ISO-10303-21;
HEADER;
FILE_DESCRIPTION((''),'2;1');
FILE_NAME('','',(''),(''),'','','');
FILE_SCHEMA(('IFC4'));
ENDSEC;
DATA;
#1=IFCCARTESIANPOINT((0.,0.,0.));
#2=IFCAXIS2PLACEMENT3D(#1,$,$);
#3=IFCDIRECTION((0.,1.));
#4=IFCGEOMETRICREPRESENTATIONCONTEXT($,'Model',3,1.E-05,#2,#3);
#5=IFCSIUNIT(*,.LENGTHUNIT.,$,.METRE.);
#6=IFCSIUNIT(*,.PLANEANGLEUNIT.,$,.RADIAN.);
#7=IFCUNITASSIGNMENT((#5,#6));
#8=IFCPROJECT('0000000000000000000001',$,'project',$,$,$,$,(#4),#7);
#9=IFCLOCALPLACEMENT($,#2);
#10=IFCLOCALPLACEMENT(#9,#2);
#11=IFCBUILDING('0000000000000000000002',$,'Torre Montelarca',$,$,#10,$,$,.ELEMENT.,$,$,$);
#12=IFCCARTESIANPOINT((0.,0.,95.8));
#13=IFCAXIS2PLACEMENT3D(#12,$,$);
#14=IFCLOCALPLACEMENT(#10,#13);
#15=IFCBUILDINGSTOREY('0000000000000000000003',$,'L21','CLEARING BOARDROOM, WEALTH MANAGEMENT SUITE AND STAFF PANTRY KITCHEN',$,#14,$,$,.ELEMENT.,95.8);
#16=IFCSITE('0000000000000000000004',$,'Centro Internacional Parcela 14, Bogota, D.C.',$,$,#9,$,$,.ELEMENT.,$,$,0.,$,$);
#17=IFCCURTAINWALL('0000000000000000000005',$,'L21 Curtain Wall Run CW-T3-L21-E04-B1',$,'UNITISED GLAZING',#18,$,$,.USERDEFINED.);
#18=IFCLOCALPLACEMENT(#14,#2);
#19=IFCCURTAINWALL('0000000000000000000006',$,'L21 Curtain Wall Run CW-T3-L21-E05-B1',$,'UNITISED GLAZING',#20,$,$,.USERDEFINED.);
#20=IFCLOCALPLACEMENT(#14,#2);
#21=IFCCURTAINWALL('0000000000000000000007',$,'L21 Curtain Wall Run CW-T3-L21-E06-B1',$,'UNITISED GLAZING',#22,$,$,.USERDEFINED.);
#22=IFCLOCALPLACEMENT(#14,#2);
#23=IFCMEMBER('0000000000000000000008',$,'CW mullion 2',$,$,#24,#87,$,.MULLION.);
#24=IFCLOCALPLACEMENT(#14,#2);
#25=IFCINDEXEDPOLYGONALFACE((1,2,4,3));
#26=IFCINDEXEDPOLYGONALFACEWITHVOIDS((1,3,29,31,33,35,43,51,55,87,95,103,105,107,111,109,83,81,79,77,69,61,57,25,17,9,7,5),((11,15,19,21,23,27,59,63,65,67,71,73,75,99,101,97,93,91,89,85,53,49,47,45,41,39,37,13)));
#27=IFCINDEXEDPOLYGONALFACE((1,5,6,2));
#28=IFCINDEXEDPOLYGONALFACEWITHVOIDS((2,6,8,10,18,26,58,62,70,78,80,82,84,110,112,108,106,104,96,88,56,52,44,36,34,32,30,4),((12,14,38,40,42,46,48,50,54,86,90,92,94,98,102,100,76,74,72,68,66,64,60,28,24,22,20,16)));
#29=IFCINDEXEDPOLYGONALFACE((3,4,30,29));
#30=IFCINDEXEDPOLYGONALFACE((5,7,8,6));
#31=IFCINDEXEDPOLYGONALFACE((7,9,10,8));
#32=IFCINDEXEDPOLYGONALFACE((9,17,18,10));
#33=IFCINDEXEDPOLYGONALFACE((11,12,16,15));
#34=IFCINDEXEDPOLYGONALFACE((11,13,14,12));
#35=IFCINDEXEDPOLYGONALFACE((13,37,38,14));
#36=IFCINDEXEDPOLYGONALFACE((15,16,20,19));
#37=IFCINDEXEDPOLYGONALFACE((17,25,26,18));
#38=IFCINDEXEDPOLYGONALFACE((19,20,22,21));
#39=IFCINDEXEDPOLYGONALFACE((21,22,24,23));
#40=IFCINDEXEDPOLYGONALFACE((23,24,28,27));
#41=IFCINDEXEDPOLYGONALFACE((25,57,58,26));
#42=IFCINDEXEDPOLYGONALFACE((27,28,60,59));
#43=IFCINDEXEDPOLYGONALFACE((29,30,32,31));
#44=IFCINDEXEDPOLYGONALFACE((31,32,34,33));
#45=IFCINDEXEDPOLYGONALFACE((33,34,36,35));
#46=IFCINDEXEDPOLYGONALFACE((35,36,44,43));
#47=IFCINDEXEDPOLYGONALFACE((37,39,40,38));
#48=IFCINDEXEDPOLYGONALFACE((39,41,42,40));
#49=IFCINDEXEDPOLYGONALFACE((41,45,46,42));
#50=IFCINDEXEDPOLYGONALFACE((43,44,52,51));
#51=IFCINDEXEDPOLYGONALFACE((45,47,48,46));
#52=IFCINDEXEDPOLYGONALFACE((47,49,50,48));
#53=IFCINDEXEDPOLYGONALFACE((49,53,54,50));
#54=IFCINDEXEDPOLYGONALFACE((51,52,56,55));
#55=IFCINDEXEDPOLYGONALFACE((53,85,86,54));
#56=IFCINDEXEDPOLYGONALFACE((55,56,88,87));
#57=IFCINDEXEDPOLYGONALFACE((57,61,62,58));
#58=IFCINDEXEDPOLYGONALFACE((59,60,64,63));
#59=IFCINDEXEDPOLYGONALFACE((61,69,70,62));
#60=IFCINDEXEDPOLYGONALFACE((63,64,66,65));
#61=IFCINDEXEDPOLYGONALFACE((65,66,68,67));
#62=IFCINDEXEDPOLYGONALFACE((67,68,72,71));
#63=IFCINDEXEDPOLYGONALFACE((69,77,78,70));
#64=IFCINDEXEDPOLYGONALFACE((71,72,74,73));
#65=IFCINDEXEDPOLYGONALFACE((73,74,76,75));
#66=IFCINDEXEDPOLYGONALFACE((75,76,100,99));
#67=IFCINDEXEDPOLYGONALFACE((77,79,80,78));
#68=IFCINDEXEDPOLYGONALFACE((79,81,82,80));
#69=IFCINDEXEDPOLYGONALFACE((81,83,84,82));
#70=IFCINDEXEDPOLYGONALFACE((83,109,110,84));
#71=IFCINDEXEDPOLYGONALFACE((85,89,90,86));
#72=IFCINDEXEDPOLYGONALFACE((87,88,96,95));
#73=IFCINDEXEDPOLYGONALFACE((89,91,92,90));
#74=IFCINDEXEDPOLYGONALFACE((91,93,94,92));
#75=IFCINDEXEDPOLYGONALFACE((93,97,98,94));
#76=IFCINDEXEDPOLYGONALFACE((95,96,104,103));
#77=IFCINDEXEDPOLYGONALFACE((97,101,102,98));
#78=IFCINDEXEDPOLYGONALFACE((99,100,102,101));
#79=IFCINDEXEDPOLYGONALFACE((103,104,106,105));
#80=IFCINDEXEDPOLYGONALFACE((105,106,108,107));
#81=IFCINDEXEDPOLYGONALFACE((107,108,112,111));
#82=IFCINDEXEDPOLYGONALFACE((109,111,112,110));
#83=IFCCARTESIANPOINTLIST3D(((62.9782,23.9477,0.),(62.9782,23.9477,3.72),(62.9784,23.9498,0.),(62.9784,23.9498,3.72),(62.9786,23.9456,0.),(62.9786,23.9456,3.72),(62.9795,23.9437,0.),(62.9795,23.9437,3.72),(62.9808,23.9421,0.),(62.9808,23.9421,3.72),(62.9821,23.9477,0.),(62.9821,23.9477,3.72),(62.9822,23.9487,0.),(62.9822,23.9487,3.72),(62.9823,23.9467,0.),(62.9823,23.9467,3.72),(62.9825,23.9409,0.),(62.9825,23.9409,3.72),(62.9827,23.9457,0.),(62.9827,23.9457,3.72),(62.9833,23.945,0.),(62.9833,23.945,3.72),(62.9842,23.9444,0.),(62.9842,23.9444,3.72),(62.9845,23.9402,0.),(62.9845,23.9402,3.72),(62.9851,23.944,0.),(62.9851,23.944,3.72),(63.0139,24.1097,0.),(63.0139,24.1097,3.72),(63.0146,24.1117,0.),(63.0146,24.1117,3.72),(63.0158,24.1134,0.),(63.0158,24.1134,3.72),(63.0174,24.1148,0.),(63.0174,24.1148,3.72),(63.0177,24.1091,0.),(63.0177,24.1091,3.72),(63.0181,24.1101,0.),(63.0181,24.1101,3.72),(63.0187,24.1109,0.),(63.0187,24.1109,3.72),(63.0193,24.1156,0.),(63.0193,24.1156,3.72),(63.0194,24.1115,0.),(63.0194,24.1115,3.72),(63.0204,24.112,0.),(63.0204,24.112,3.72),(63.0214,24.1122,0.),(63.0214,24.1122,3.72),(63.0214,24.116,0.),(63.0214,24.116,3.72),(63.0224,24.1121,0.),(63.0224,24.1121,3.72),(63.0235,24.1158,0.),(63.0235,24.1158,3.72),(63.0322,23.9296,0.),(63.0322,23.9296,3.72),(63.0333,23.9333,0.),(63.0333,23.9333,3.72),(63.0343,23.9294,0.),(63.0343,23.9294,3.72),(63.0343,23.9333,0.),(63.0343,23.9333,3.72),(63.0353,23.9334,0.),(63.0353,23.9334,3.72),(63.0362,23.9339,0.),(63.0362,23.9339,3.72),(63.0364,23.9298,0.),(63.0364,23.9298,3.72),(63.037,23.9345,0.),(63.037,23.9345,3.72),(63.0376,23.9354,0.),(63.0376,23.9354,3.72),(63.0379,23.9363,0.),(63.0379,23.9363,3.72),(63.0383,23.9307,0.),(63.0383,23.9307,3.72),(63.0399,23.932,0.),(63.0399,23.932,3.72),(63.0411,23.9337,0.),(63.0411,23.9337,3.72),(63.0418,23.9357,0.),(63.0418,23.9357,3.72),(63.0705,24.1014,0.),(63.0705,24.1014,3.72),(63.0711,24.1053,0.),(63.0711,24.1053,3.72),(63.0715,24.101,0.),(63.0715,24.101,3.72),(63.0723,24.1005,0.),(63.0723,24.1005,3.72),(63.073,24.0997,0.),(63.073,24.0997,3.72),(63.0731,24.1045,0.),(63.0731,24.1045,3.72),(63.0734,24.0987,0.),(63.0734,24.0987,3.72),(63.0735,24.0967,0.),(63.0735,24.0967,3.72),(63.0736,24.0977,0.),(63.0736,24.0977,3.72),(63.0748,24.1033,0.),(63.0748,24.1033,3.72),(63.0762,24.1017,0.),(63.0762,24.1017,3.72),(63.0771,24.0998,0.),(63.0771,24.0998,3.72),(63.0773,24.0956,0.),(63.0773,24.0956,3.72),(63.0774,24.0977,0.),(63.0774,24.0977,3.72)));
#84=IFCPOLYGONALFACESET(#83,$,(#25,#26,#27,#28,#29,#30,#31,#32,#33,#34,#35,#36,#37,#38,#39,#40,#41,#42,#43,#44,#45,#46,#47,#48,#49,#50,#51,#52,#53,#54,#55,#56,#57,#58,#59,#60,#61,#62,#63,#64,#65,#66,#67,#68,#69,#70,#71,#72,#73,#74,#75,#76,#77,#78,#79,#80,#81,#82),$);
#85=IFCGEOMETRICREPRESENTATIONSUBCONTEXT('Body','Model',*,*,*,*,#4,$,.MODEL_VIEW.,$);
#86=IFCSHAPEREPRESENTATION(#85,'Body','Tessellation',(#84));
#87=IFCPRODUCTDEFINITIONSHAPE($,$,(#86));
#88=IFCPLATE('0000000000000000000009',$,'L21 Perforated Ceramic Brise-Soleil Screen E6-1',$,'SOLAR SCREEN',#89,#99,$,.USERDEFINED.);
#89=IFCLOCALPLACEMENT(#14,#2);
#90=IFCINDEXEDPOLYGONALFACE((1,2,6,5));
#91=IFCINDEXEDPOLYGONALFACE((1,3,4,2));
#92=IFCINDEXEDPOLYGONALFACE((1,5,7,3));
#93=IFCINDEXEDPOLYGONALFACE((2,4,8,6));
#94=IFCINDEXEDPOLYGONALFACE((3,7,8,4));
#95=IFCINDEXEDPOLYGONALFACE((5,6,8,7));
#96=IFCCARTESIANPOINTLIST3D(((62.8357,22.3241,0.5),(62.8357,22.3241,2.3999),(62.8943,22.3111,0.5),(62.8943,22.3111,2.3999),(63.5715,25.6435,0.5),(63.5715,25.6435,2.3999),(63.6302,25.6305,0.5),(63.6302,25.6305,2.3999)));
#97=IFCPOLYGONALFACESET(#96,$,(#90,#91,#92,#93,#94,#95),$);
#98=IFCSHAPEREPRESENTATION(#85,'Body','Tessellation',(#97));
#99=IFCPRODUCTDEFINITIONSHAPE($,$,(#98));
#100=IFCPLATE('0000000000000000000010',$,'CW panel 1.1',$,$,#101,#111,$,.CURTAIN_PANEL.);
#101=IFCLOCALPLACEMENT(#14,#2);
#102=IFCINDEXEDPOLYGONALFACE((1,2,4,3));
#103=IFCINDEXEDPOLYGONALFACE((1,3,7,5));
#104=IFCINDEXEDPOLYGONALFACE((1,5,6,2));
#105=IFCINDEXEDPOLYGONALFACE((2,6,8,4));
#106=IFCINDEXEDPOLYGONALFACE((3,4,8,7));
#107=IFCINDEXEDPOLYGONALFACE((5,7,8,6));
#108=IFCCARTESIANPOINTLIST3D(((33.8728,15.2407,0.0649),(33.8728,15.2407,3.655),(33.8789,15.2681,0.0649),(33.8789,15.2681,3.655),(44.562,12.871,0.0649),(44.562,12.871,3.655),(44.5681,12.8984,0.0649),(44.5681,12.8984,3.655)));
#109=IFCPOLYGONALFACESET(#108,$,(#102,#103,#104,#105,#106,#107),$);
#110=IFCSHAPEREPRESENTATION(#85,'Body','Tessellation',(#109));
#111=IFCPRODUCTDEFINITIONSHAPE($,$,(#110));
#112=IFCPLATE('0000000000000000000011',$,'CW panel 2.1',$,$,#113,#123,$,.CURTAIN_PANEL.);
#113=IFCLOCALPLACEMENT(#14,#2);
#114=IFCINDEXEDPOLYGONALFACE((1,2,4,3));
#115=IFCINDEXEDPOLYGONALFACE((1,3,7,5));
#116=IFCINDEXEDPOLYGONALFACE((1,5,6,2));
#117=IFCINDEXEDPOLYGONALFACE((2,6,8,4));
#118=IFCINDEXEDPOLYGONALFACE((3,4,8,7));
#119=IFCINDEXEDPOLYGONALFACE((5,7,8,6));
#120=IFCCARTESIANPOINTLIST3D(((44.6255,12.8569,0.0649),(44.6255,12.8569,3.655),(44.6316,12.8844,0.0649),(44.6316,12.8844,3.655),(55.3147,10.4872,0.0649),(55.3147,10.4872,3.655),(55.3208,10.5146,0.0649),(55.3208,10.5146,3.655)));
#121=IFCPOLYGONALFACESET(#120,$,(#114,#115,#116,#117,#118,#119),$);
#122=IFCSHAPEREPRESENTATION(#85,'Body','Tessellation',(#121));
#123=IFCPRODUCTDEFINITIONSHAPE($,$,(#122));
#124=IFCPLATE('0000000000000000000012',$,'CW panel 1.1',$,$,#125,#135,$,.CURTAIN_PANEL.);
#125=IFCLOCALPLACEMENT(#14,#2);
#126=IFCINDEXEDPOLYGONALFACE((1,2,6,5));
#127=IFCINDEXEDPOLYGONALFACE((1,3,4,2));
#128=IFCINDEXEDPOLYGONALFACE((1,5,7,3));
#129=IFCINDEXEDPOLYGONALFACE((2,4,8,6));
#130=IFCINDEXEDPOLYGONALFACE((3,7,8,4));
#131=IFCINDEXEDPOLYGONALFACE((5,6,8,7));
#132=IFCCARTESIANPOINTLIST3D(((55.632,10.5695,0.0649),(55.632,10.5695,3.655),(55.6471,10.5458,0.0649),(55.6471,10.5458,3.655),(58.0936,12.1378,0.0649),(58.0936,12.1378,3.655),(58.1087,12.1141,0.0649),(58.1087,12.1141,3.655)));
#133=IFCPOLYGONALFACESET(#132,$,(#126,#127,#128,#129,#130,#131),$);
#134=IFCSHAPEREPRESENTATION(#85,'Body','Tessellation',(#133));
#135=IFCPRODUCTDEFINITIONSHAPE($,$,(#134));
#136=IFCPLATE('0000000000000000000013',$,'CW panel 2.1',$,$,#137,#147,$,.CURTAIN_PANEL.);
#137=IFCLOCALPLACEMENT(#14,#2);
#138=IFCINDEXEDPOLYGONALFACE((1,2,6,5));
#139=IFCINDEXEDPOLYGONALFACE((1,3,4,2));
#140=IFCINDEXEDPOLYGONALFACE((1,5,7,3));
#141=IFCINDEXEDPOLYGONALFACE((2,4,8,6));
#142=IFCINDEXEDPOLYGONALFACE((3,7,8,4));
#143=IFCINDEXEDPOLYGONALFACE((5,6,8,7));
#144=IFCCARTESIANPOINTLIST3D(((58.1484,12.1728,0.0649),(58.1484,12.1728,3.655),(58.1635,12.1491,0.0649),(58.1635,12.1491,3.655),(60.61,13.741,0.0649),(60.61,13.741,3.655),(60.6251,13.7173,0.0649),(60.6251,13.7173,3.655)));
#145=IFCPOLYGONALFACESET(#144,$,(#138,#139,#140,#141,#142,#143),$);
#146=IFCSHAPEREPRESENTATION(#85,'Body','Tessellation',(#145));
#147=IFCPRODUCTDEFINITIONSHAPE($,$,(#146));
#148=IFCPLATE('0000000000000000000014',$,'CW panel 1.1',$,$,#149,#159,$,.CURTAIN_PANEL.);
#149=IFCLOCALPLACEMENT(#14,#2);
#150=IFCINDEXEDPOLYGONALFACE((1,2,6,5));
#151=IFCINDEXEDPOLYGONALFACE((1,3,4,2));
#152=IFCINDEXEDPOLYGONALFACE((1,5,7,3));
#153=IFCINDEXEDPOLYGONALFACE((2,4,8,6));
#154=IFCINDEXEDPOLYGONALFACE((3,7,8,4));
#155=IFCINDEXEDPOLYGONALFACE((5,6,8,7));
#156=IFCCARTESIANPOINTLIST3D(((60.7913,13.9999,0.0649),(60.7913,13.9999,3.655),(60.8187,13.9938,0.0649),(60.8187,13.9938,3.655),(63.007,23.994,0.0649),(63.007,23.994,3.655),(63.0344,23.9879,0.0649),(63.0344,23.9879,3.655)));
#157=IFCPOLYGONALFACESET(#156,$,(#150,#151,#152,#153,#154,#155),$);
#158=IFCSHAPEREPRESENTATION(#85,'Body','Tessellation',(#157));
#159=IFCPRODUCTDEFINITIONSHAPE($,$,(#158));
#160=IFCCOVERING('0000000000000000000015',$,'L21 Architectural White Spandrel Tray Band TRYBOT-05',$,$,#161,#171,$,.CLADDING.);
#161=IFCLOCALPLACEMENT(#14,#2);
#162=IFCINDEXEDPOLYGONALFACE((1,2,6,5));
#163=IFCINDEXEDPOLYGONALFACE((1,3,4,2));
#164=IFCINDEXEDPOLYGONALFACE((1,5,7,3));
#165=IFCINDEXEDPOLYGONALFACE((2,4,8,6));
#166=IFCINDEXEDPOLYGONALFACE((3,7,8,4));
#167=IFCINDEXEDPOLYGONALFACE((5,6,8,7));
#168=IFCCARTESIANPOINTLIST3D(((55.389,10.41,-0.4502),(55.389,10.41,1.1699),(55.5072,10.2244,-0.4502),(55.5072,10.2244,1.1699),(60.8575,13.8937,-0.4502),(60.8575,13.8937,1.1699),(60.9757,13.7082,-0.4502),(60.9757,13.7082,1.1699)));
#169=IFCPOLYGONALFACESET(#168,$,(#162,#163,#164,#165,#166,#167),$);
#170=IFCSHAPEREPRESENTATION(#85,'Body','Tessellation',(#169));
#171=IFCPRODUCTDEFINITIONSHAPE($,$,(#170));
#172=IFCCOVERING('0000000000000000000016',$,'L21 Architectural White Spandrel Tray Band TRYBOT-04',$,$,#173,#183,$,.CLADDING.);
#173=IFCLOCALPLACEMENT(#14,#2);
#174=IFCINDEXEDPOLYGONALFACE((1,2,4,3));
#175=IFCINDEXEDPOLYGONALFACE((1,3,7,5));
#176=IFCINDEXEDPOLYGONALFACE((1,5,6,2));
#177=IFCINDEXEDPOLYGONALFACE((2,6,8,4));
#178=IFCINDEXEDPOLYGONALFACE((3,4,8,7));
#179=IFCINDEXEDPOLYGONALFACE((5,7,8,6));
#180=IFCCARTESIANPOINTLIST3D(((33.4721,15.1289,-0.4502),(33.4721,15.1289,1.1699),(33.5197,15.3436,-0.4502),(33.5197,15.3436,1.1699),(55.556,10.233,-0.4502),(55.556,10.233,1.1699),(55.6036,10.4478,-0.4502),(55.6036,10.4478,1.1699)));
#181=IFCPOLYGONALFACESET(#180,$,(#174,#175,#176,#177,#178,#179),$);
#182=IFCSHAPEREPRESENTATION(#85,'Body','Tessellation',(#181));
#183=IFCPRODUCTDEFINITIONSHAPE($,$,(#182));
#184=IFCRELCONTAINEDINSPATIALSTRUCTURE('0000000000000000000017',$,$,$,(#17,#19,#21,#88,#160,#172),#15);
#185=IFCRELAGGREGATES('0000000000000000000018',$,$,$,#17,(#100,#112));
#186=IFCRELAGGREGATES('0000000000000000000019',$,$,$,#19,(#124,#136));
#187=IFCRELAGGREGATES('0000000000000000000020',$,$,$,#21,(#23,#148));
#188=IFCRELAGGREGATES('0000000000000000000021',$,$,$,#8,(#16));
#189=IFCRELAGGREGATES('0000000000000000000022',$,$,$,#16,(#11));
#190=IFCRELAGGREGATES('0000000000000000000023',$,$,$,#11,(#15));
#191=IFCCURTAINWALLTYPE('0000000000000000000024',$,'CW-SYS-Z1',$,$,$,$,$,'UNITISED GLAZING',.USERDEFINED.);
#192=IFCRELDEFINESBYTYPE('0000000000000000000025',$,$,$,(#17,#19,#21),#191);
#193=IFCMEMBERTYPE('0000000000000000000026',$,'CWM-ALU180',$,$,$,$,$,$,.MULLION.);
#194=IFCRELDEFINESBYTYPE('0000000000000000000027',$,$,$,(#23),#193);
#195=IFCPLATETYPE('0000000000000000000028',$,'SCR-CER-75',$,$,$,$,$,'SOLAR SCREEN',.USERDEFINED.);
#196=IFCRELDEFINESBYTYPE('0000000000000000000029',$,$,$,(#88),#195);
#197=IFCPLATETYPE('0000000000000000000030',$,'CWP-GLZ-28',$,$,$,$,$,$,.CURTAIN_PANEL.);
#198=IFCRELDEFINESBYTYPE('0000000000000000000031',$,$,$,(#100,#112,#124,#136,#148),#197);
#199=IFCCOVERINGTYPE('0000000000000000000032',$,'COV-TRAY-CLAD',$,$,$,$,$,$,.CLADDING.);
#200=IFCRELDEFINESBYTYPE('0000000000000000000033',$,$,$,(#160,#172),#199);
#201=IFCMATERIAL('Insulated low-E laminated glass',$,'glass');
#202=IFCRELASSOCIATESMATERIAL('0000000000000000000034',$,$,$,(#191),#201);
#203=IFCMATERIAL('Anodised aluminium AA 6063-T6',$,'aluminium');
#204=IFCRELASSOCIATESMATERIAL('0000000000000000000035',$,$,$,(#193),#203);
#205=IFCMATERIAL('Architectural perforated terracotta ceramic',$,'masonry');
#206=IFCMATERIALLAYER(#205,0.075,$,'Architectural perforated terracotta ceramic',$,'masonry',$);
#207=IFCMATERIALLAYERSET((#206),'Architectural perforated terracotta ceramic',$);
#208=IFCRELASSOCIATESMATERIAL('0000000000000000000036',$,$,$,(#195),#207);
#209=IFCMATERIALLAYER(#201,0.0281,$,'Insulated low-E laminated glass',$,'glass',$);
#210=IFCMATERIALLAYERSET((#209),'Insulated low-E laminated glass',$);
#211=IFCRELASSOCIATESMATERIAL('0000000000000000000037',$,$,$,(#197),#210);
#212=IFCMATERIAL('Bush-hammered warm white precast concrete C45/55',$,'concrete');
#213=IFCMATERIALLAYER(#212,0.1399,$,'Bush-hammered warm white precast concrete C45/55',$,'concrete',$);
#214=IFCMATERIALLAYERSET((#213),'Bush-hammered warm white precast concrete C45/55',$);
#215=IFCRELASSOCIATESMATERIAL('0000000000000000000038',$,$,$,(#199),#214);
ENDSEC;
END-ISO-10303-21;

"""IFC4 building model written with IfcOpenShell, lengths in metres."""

from ifc_helpers import new_model, si_unit, direction, frame, origin, origin_2d, place, context, subcontext, project, spatial, rectangle, hollow_rectangle, extrude, source, transform, mapped, material, layer, layer_set, material_profile, profile_set, type_object, element, aggregate, save


model = new_model("IFC4")

# Units and contexts
model_context = context("Model", 3, precision=1e-05, world=origin(), true_north=direction((0.0, 1.0)))
body_context = subcontext(model_context, "Body", "Model", "MODEL_VIEW")
ifc_project = project(units=[si_unit("LENGTHUNIT", "METRE"), si_unit("PLANEANGLEUNIT", "RADIAN")], contexts=[model_context])

# Site, building, storey
site_placement = place(None, origin())
site = spatial("IfcSite", under=ifc_project, at=site_placement, Name="Centro Internacional Parcela 14, Bogota, D.C.", CompositionType="ELEMENT", RefElevation=0.0)
building_placement = place(site_placement, origin())
building = spatial("IfcBuilding", under=site, at=building_placement, Name="Torre Montelarca", CompositionType="ELEMENT")
storey_placement = place(building_placement, frame((0.0, 0.0, 95.8)))
storey = spatial("IfcBuildingStorey", under=building, at=storey_placement, Name="L21", Description="CLEARING BOARDROOM, WEALTH MANAGEMENT SUITE AND STAFF PANTRY KITCHEN", CompositionType="ELEMENT", Elevation=95.8)

# Curtain walls
ifc_material_1 = material(Name="Insulated low-E laminated glass", Category="glass")
curtain_wall_type = type_object("IfcCurtainWallType", Name="CW-SYS-Z1", ElementType="UNITISED GLAZING", PredefinedType="USERDEFINED", material=ifc_material_1)
curtain_wall_1_placement = place(storey_placement, origin())
curtain_wall_1 = element("IfcCurtainWall", 1, at=curtain_wall_1_placement, inside=storey, type_object=curtain_wall_type, Name="L21 Curtain Wall Run CW-T3-L21-E04-B1", ObjectType="UNITISED GLAZING", PredefinedType="USERDEFINED")
ifc_material_2 = material(Name="Anodised aluminium AA 6063-T6", Category="aluminium")
curtain_wall_2_placement = place(storey_placement, origin())
curtain_wall_2 = element("IfcCurtainWall", 2, at=curtain_wall_2_placement, inside=storey, type_object=curtain_wall_type, Name="L21 Curtain Wall Run CW-T3-L21-E05-B1", ObjectType="UNITISED GLAZING", PredefinedType="USERDEFINED")
curtain_wall_3_placement = place(storey_placement, origin())
curtain_wall_3 = element("IfcCurtainWall", 3, at=curtain_wall_3_placement, inside=storey, type_object=curtain_wall_type, Name="L21 Curtain Wall Run CW-T3-L21-E06-B1", ObjectType="UNITISED GLAZING", PredefinedType="USERDEFINED")

# Member
ifc_material_profile_1 = material_profile(ifc_material_2, hollow_rectangle(XDim=0.0649, YDim=0.1799, WallThickness=0.0039, InnerFilletRadius=0.0039, OuterFilletRadius=0.0081, at=origin_2d()), Name="ALU65X180X4", Category="aluminium")
ifc_profile_set_1 = profile_set([ifc_material_profile_1], Name="Anodised aluminium AA 6063-T6")
member_type_1 = type_object("IfcMemberType", Name="CWM-ALU180", PredefinedType="MULLION", material=ifc_profile_set_1)
shared_shape_1 = source(origin(), body_context, "Body", "SweptSolid", [
    extrude(hollow_rectangle(XDim=0.0649, YDim=0.1799, WallThickness=0.0039, InnerFilletRadius=0.0039, OuterFilletRadius=0.0081, at=origin_2d()), origin(), (0.0, 0.0, 1.0), 3.72),
])
member_1_placement = place(storey_placement, frame((63.0278, 24.0227, 0.0), z_axis=(0.0, 0.0, 1.0), x_axis=(-0.976296, 0.216441, 0.0)))
member_1 = element("IfcMember", 4, at=member_1_placement, type_object=member_type_1, Name="CW mullion 2", PredefinedType="MULLION", context=body_context, shape_type="MappedRepresentation", body=[
    mapped(shared_shape_1, transform((0.0, 0.0, 0.0), scale=1.0)),
])

# Plates
ifc_material_3 = material(Name="Architectural perforated terracotta ceramic", Category="masonry")
ifc_layer_1 = layer(ifc_material_3, 0.075, Name="Architectural perforated terracotta ceramic", Category="masonry")
ifc_layer_set_1 = layer_set([ifc_layer_1], Name="Architectural perforated terracotta ceramic")
plate_type_1 = type_object("IfcPlateType", Name="SCR-CER-75", ElementType="SOLAR SCREEN", PredefinedType="USERDEFINED", material=ifc_layer_set_1)
shared_shape_2 = source(origin(), body_context, "Body", "SweptSolid", [
    extrude(rectangle(XDim=3.3999, YDim=0.0601, at=origin_2d()), origin(), (0.0, 0.0, 1.0), 1.8999),
])
plate_1_placement = place(storey_placement, frame((63.2329, 23.9773, 0.5), z_axis=(0.0, 0.0, 1.0), x_axis=(0.216438, 0.976296, 0.0)))
element("IfcPlate", 5, at=plate_1_placement, inside=storey, type_object=plate_type_1, Name="L21 Perforated Ceramic Brise-Soleil Screen E6-1", ObjectType="SOLAR SCREEN", PredefinedType="USERDEFINED", context=body_context, shape_type="MappedRepresentation", body=[
    mapped(shared_shape_2, transform((0.0, 0.0, 0.0), scale=1.0)),
])
ifc_layer_2 = layer(ifc_material_1, 0.0281, Name="Insulated low-E laminated glass", Category="glass")
ifc_layer_set_2 = layer_set([ifc_layer_2], Name="Insulated low-E laminated glass")
plate_type_2 = type_object("IfcPlateType", Name="CWP-GLZ-28", PredefinedType="CURTAIN_PANEL", material=ifc_layer_set_2)
shared_shape_3 = source(origin(), body_context, "Body", "SweptSolid", [
    extrude(rectangle(XDim=10.9487, YDim=0.0281, at=origin_2d()), origin(), (0.0, 0.0, 1.0), 3.5901),
])
plate_2_placement = place(storey_placement, frame((39.2205, 14.0696, 0.0649), z_axis=(0.0, 0.0, 1.0), x_axis=(0.976297, -0.216437, 0.0)))
plate_2 = element("IfcPlate", 6, at=plate_2_placement, type_object=plate_type_2, Name="CW panel 1.1", PredefinedType="CURTAIN_PANEL", context=body_context, shape_type="MappedRepresentation", body=[
    mapped(shared_shape_3, transform((0.0, 0.0, 0.0), scale=1.0)),
])
plate_3_placement = place(storey_placement, frame((49.9731, 11.6858, 0.0649), z_axis=(0.0, 0.0, 1.0), x_axis=(0.976297, -0.216437, 0.0)))
plate_3 = element("IfcPlate", 7, at=plate_3_placement, type_object=plate_type_2, Name="CW panel 2.1", PredefinedType="CURTAIN_PANEL", context=body_context, shape_type="MappedRepresentation", body=[
    mapped(shared_shape_3, transform((0.0, 0.0, 0.0), scale=1.0)),
])
aggregate(curtain_wall_1, [plate_2, plate_3])
shared_shape_4 = source(origin(), body_context, "Body", "SweptSolid", [
    extrude(rectangle(XDim=2.9187, YDim=0.0281, at=origin_2d()), origin(), (0.0, 0.0, 1.0), 3.5901),
])
plate_4_placement = place(storey_placement, frame((56.8704, 11.3418, 0.0649), z_axis=(0.0, 0.0, 1.0), x_axis=(0.843388, 0.537304, 0.0)))
plate_4 = element("IfcPlate", 8, at=plate_4_placement, type_object=plate_type_2, Name="CW panel 1.1", PredefinedType="CURTAIN_PANEL", context=body_context, shape_type="MappedRepresentation", body=[
    mapped(shared_shape_4, transform((0.0, 0.0, 0.0), scale=1.0)),
])
plate_5_placement = place(storey_placement, frame((59.3867, 12.9451, 0.0649), z_axis=(0.0, 0.0, 1.0), x_axis=(0.843388, 0.537304, 0.0)))
plate_5 = element("IfcPlate", 9, at=plate_5_placement, type_object=plate_type_2, Name="CW panel 2.1", PredefinedType="CURTAIN_PANEL", context=body_context, shape_type="MappedRepresentation", body=[
    mapped(shared_shape_4, transform((0.0, 0.0, 0.0), scale=1.0)),
])
aggregate(curtain_wall_2, [plate_4, plate_5])
shared_shape_5 = source(origin(), body_context, "Body", "SweptSolid", [
    extrude(rectangle(XDim=10.2368, YDim=0.0281, at=origin_2d()), origin(), (0.0, 0.0, 1.0), 3.5901),
])
plate_6_placement = place(storey_placement, frame((61.9128, 18.9939, 0.0649), z_axis=(0.0, 0.0, 1.0), x_axis=(0.216441, 0.976296, 0.0)))
plate_6 = element("IfcPlate", 10, at=plate_6_placement, type_object=plate_type_2, Name="CW panel 1.1", PredefinedType="CURTAIN_PANEL", context=body_context, shape_type="MappedRepresentation", body=[
    mapped(shared_shape_5, transform((0.0, 0.0, 0.0), scale=1.0)),
])
aggregate(curtain_wall_3, [member_1, plate_6])

# Coverings
ifc_material_4 = material(Name="Bush-hammered warm white precast concrete C45/55", Category="concrete")
ifc_layer_3 = layer(ifc_material_4, 0.1399, Name="Bush-hammered warm white precast concrete C45/55", Category="concrete")
ifc_layer_set_3 = layer_set([ifc_layer_3], Name="Bush-hammered warm white precast concrete C45/55")
covering_type = type_object("IfcCoveringType", Name="COV-TRAY-CLAD", PredefinedType="CLADDING", material=ifc_layer_set_3)
shared_shape_6 = source(origin(), body_context, "Body", "SweptSolid", [
    extrude(rectangle(XDim=6.4839, YDim=0.22, at=origin_2d()), origin(), (0.0, 0.0, 1.0), 1.6201),
])
covering_1_placement = place(storey_placement, frame((58.1824, 12.0591, -0.4502), z_axis=(0.0, 0.0, 1.0), x_axis=(0.843395, 0.537294, 0.0)))
element("IfcCovering", 11, at=covering_1_placement, inside=storey, type_object=covering_type, Name="L21 Architectural White Spandrel Tray Band TRYBOT-05", PredefinedType="CLADDING", context=body_context, shape_type="MappedRepresentation", body=[
    mapped(shared_shape_6, transform((0.0, 0.0, 0.0), scale=1.0)),
])
shared_shape_7 = source(origin(), body_context, "Body", "SweptSolid", [
    extrude(rectangle(XDim=22.6201, YDim=0.22, at=origin_2d()), origin(), (0.0, 0.0, 1.0), 1.6201),
])
covering_2_placement = place(storey_placement, frame((44.5378, 12.7883, -0.4502), z_axis=(0.0, 0.0, 1.0), x_axis=(0.976297, -0.216436, 0.0)))
element("IfcCovering", 12, at=covering_2_placement, inside=storey, type_object=covering_type, Name="L21 Architectural White Spandrel Tray Band TRYBOT-04", PredefinedType="CLADDING", context=body_context, shape_type="MappedRepresentation", body=[
    mapped(shared_shape_7, transform((0.0, 0.0, 0.0), scale=1.0)),
])

save(model, "model.ifc")
